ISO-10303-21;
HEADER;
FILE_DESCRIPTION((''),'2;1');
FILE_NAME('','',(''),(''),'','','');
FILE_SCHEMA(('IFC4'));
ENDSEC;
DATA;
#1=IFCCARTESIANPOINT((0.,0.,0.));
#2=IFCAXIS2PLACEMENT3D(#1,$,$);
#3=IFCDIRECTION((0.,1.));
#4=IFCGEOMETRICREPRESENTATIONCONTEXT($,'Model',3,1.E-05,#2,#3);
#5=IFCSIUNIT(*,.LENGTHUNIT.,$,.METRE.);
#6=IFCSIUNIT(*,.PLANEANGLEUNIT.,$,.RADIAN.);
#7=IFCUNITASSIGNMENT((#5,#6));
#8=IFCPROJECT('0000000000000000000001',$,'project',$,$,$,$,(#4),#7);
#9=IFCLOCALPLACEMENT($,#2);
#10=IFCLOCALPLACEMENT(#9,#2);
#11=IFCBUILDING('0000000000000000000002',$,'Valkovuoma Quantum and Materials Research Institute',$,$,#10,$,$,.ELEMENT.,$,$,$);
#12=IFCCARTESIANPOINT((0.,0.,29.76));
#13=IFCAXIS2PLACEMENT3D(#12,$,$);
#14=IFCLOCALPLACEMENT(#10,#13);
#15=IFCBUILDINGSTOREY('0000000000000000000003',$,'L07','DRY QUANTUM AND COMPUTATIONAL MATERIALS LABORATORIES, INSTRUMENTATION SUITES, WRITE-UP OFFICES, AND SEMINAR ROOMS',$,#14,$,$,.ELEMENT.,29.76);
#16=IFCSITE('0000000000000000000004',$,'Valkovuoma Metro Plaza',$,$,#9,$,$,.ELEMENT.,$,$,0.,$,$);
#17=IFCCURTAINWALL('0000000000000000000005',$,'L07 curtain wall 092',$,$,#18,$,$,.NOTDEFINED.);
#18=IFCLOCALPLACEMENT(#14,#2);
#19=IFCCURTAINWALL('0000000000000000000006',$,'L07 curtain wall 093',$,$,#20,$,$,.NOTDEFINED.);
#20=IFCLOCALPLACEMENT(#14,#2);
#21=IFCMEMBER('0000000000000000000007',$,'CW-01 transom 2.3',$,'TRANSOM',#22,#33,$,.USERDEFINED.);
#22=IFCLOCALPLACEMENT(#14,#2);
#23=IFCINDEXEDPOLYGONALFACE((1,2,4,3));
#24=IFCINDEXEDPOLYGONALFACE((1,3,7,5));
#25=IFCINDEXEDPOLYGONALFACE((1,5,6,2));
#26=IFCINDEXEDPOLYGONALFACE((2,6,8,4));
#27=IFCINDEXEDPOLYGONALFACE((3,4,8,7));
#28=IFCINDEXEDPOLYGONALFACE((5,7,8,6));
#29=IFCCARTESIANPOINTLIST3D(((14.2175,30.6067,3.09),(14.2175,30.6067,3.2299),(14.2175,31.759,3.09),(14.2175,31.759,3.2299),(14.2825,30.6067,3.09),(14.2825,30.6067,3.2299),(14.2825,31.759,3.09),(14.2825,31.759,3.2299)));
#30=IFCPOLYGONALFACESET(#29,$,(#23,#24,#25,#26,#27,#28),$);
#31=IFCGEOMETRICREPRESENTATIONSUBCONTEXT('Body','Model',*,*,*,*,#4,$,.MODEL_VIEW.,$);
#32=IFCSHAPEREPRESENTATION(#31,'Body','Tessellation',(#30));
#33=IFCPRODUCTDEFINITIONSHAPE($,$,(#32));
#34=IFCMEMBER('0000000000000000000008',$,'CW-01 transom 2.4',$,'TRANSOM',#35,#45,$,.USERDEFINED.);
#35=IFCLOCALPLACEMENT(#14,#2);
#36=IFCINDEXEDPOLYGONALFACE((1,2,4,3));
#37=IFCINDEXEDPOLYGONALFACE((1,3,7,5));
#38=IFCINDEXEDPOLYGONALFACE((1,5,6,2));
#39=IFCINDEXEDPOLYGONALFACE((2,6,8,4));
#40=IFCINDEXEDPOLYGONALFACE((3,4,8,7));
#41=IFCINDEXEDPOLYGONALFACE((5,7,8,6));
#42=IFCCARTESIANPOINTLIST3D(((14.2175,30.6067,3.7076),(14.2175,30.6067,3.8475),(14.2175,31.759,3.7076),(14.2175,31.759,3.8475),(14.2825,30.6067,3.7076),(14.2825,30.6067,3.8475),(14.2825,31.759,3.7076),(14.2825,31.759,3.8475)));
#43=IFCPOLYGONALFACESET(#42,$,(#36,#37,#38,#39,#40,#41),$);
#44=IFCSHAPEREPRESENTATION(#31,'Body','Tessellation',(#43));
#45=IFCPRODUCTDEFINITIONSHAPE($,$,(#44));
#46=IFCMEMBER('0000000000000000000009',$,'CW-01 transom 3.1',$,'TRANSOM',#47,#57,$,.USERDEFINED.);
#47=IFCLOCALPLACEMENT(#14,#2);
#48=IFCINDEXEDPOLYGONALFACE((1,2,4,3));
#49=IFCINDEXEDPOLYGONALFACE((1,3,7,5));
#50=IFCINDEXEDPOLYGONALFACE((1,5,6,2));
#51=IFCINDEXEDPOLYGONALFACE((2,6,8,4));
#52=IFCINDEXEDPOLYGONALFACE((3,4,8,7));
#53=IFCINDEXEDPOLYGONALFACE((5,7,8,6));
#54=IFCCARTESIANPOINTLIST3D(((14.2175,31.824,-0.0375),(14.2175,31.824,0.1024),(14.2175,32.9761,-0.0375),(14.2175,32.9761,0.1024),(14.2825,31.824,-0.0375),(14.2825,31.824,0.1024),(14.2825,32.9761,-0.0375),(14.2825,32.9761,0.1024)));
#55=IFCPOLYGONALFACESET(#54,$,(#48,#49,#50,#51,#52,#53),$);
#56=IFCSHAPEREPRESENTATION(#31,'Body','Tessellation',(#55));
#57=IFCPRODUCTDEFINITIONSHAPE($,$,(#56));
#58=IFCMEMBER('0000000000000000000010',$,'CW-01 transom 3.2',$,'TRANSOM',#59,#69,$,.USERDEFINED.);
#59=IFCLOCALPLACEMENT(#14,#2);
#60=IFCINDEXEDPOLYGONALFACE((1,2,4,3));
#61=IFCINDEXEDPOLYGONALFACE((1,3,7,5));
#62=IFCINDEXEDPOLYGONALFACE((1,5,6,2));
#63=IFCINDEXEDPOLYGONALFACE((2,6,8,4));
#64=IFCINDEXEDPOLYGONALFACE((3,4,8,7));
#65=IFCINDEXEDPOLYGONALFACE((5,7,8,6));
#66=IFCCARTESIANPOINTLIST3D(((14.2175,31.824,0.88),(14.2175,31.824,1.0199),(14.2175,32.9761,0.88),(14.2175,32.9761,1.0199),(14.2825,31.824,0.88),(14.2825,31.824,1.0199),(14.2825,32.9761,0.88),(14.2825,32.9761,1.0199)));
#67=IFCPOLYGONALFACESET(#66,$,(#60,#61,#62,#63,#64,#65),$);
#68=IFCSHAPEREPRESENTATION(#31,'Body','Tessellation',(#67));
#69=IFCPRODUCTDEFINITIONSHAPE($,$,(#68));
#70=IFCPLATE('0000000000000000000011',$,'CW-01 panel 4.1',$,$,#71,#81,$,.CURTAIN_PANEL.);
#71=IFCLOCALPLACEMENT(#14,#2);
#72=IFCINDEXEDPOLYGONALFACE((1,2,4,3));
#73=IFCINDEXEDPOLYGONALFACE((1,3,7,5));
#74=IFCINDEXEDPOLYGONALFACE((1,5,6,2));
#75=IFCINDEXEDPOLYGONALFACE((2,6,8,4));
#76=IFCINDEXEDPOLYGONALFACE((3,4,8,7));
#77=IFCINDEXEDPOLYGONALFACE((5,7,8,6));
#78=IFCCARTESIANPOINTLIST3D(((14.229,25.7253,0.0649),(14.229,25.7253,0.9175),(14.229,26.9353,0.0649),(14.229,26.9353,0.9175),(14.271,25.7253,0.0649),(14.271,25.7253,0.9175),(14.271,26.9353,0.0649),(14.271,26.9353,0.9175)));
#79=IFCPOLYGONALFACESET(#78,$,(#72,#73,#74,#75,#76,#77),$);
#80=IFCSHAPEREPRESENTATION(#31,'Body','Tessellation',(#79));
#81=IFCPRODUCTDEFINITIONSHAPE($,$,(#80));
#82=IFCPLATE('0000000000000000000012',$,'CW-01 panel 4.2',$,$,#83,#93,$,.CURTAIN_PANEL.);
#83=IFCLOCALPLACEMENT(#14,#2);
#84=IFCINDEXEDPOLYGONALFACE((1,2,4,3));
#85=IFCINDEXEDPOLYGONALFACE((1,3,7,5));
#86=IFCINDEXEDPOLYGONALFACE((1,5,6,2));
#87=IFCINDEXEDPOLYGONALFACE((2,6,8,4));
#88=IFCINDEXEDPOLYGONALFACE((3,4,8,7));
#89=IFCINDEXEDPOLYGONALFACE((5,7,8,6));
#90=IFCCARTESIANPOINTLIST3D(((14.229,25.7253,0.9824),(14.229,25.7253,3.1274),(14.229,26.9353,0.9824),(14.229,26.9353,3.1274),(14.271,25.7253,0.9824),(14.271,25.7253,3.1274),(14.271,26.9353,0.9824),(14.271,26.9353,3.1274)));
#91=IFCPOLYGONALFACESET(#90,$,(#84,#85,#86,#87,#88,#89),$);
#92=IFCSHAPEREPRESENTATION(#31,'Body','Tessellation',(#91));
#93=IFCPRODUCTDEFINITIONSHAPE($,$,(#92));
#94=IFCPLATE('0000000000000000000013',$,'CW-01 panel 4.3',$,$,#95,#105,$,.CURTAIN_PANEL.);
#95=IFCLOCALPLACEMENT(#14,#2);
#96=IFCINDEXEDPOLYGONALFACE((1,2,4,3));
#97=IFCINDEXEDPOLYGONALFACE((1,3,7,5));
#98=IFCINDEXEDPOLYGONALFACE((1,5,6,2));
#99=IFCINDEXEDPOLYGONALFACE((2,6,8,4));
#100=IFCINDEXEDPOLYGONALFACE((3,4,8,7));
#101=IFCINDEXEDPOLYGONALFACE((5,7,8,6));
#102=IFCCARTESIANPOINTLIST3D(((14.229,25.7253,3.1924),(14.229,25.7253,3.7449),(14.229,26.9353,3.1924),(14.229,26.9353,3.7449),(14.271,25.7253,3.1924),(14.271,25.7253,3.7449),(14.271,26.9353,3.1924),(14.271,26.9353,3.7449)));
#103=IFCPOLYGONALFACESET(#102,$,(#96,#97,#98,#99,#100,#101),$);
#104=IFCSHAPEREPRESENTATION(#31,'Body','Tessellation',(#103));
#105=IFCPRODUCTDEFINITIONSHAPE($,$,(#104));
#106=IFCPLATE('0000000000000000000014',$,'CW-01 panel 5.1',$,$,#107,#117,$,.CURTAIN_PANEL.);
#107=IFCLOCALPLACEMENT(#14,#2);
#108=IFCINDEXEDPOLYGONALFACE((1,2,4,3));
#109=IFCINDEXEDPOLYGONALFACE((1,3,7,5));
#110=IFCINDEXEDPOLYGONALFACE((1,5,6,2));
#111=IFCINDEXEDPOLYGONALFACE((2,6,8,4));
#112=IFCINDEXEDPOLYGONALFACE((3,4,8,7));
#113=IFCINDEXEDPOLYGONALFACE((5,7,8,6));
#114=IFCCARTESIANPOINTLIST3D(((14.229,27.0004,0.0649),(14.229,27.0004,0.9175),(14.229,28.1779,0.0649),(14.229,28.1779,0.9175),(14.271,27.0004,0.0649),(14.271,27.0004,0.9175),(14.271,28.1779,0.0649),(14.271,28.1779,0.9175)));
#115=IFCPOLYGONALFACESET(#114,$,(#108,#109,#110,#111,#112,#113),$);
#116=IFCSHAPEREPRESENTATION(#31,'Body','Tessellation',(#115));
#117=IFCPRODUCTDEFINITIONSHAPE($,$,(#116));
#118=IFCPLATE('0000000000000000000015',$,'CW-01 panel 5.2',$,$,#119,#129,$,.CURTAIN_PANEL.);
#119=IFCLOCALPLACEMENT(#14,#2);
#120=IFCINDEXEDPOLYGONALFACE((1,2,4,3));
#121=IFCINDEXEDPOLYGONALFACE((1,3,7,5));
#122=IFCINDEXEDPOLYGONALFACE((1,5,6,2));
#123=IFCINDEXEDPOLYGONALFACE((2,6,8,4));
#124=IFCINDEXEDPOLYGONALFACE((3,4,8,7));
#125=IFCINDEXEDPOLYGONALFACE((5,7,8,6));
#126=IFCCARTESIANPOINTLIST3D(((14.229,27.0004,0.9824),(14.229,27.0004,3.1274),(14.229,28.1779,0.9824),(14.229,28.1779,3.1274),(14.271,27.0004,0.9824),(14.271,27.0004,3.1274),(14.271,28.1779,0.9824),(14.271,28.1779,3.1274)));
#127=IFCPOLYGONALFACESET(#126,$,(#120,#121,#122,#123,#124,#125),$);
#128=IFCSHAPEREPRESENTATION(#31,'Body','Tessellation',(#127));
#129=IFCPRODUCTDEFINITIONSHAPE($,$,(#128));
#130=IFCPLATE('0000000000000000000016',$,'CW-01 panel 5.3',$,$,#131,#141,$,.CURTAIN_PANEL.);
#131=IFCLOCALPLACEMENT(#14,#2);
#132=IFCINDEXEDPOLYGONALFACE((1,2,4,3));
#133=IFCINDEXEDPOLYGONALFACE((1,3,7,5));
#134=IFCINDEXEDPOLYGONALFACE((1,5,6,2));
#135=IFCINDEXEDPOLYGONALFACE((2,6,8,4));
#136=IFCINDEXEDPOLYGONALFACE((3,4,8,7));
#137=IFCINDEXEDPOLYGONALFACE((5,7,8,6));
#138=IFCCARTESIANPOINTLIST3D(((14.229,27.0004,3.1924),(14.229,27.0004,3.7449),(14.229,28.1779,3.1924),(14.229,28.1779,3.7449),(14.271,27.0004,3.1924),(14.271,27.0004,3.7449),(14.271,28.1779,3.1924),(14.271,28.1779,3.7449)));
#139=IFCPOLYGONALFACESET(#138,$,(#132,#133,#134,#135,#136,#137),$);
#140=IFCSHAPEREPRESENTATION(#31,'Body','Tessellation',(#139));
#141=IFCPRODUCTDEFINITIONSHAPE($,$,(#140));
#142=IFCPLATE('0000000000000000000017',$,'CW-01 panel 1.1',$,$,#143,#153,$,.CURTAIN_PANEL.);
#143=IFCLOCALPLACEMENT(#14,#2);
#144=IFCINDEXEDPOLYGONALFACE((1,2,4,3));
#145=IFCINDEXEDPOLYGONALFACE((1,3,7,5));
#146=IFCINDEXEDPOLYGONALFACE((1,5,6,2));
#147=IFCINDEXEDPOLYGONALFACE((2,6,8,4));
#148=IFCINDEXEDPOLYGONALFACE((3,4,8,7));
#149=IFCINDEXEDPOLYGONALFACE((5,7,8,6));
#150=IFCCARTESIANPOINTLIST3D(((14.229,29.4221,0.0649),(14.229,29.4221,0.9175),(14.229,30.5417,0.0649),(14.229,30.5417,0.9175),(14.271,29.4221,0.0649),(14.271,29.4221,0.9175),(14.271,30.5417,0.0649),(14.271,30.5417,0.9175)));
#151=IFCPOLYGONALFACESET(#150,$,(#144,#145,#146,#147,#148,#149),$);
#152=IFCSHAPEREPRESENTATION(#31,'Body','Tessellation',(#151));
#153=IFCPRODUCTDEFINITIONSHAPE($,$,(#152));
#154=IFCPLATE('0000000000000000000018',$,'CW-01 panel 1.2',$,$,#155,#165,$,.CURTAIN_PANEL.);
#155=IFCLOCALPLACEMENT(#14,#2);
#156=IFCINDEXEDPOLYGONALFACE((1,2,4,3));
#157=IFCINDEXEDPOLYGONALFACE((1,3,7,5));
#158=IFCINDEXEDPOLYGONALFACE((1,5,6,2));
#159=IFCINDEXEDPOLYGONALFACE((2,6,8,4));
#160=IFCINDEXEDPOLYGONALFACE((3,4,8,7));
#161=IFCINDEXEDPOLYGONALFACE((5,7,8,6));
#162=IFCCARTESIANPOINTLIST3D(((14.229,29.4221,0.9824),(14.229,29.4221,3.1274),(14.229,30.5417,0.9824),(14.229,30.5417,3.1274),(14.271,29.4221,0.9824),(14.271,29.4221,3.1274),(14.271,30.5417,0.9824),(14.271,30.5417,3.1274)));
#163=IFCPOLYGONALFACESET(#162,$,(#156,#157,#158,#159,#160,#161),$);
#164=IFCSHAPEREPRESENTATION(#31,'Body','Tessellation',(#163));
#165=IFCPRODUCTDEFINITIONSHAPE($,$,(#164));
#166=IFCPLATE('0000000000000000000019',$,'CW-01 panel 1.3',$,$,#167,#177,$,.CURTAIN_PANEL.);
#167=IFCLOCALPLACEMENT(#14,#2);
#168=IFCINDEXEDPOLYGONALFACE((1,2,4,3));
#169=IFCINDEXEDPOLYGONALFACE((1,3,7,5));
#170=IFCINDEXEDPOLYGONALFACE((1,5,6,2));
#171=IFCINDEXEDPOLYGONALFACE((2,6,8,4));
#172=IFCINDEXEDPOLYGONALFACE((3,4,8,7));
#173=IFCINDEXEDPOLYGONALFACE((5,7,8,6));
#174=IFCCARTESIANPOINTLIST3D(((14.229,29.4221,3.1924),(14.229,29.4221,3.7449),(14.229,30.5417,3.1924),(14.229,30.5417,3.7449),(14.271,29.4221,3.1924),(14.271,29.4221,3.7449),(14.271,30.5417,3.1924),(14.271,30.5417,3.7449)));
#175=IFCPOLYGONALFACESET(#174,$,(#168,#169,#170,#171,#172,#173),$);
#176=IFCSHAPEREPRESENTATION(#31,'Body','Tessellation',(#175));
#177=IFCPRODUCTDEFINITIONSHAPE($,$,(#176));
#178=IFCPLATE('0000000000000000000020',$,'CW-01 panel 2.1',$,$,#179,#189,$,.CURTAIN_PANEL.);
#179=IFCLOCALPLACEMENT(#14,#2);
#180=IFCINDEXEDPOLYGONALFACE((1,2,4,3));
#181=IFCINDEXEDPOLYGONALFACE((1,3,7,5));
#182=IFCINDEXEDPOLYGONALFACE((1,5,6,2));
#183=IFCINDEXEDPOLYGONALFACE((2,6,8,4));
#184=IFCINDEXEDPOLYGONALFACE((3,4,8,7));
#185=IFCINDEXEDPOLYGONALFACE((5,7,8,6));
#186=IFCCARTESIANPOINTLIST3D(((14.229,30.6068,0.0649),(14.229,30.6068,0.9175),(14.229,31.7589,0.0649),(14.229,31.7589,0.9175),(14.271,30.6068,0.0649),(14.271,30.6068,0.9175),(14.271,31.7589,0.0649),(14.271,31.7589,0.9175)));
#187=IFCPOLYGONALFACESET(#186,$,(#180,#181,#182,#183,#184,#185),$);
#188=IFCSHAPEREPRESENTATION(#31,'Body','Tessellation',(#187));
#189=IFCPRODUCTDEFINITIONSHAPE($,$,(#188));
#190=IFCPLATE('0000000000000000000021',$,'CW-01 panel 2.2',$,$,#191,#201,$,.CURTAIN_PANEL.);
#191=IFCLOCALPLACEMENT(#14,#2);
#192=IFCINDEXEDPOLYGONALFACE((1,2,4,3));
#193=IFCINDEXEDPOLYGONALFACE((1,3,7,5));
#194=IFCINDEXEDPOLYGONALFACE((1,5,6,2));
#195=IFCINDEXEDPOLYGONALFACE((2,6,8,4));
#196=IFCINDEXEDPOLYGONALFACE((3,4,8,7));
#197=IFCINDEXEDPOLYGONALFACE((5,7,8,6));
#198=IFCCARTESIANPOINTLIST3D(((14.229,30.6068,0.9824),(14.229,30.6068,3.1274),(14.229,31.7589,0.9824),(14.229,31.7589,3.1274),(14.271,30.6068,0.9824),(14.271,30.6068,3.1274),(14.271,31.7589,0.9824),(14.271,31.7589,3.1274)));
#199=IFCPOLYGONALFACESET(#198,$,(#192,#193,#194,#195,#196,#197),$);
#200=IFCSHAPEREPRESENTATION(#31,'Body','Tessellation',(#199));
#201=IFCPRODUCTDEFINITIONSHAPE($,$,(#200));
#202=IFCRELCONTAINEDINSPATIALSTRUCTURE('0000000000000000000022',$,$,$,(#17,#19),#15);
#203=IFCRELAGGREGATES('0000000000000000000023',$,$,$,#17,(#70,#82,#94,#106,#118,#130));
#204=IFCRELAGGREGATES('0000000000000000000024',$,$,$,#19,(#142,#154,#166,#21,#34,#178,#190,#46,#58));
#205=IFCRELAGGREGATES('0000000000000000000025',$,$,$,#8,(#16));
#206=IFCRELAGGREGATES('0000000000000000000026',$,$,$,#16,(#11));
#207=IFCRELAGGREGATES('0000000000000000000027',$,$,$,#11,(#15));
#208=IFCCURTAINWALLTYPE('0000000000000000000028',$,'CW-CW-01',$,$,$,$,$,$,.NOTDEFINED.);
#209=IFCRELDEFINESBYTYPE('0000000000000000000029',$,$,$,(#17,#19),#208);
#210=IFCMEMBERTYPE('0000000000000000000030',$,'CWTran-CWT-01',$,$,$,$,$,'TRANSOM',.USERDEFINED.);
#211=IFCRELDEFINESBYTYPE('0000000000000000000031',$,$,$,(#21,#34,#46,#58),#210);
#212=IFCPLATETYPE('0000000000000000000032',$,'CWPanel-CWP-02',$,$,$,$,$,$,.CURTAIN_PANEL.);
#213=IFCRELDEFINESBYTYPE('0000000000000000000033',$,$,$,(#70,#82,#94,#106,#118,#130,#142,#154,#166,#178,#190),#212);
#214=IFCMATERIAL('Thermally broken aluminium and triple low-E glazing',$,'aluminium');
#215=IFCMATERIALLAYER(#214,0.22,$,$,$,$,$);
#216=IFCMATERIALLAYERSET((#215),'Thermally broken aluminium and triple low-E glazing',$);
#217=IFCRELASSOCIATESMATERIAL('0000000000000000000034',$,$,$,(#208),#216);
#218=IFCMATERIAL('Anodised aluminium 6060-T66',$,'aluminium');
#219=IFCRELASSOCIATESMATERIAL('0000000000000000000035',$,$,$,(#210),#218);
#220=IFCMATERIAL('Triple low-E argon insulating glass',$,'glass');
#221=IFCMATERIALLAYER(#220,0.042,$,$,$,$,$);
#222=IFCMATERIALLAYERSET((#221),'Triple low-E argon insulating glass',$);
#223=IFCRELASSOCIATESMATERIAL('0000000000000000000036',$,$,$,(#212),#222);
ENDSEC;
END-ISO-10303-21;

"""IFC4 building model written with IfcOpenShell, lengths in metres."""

from ifc_helpers import new_model, si_unit, direction, frame, origin, origin_2d, place, context, subcontext, project, spatial, rectangle, extrude, material, layer, layer_set, material_profile, profile_set, type_object, element, aggregate, save


model = new_model("IFC4")

# Units and contexts
model_context = context("Model", 3, precision=1e-05, world=origin(), true_north=direction((0.0, 1.0)))
body_context = subcontext(model_context, "Body", "Model", "MODEL_VIEW")
ifc_project = project(units=[si_unit("LENGTHUNIT", "METRE"), si_unit("PLANEANGLEUNIT", "RADIAN")], contexts=[model_context])

# Site, building, storey
site_placement = place(None, origin())
site = spatial("IfcSite", under=ifc_project, at=site_placement, Name="Valkovuoma Metro Plaza", CompositionType="ELEMENT", RefElevation=0.0)
building_placement = place(site_placement, origin())
building = spatial("IfcBuilding", under=site, at=building_placement, Name="Valkovuoma Quantum and Materials Research Institute", CompositionType="ELEMENT")
storey_placement = place(building_placement, frame((0.0, 0.0, 29.76)))
storey = spatial("IfcBuildingStorey", under=building, at=storey_placement, Name="L07", Description="DRY QUANTUM AND COMPUTATIONAL MATERIALS LABORATORIES, INSTRUMENTATION SUITES, WRITE-UP OFFICES, AND SEMINAR ROOMS", CompositionType="ELEMENT", Elevation=29.76)

# Curtain walls
ifc_material_1 = material(Name="Thermally broken aluminium and triple low-E glazing", Category="aluminium")
ifc_layer_1 = layer(ifc_material_1, 0.22)
ifc_layer_set_1 = layer_set([ifc_layer_1], Name="Thermally broken aluminium and triple low-E glazing")
curtain_wall_type = type_object("IfcCurtainWallType", Name="CW-CW-01", PredefinedType="NOTDEFINED", material=ifc_layer_set_1)
curtain_wall_1_placement = place(storey_placement, origin())
curtain_wall_1 = element("IfcCurtainWall", 1, at=curtain_wall_1_placement, inside=storey, type_object=curtain_wall_type, Name="L07 curtain wall 092", PredefinedType="NOTDEFINED")
curtain_wall_2_placement = place(storey_placement, origin())
curtain_wall_2 = element("IfcCurtainWall", 2, at=curtain_wall_2_placement, inside=storey, type_object=curtain_wall_type, Name="L07 curtain wall 093", PredefinedType="NOTDEFINED")

# Members
ifc_material_2 = material(Name="Anodised aluminium 6060-T66", Category="aluminium")
ifc_material_profile_1 = material_profile(ifc_material_2, rectangle(XDim=0.0649, YDim=0.1399, at=origin_2d()), Name="Anodised aluminium 6060-T66")
ifc_profile_set_1 = profile_set([ifc_material_profile_1], Name="Anodised aluminium 6060-T66")
member_type_1 = type_object("IfcMemberType", Name="CWTran-CWT-01", ElementType="TRANSOM", PredefinedType="USERDEFINED", material=ifc_profile_set_1)
member_1_placement = place(storey_placement, frame((14.25, 30.6067, 3.1599), z_axis=(0.0, 1.0, 0.0), x_axis=(-1.0, 0.0, 0.0)))
member_1 = element("IfcMember", 3, at=member_1_placement, type_object=member_type_1, Name="CW-01 transom 2.3", ObjectType="TRANSOM", PredefinedType="USERDEFINED", context=body_context, shape_type="SweptSolid", body=[
    extrude(rectangle(XDim=0.0649, YDim=0.1399, at=origin_2d()), origin(), (0.0, 0.0, 1.0), 1.1523),
])
member_2_placement = place(storey_placement, frame((14.25, 30.6067, 3.7776), z_axis=(0.0, 1.0, 0.0), x_axis=(-1.0, 0.0, 0.0)))
member_2 = element("IfcMember", 4, at=member_2_placement, type_object=member_type_1, Name="CW-01 transom 2.4", ObjectType="TRANSOM", PredefinedType="USERDEFINED", context=body_context, shape_type="SweptSolid", body=[
    extrude(rectangle(XDim=0.0649, YDim=0.1399, at=origin_2d()), origin(), (0.0, 0.0, 1.0), 1.1523),
])
member_3_placement = place(storey_placement, frame((14.25, 31.824, 0.0325), z_axis=(0.0, 1.0, 0.0), x_axis=(-1.0, 0.0, 0.0)))
member_3 = element("IfcMember", 5, at=member_3_placement, type_object=member_type_1, Name="CW-01 transom 3.1", ObjectType="TRANSOM", PredefinedType="USERDEFINED", context=body_context, shape_type="SweptSolid", body=[
    extrude(rectangle(XDim=0.0649, YDim=0.1399, at=origin_2d()), origin(), (0.0, 0.0, 1.0), 1.1521),
])
member_4_placement = place(storey_placement, frame((14.25, 31.824, 0.95), z_axis=(0.0, 1.0, 0.0), x_axis=(-1.0, 0.0, 0.0)))
member_4 = element("IfcMember", 6, at=member_4_placement, type_object=member_type_1, Name="CW-01 transom 3.2", ObjectType="TRANSOM", PredefinedType="USERDEFINED", context=body_context, shape_type="SweptSolid", body=[
    extrude(rectangle(XDim=0.0649, YDim=0.1399, at=origin_2d()), origin(), (0.0, 0.0, 1.0), 1.1521),
])

# Plates
ifc_material_3 = material(Name="Triple low-E argon insulating glass", Category="glass")
ifc_layer_2 = layer(ifc_material_3, 0.042)
ifc_layer_set_2 = layer_set([ifc_layer_2], Name="Triple low-E argon insulating glass")
plate_type = type_object("IfcPlateType", Name="CWPanel-CWP-02", PredefinedType="CURTAIN_PANEL", material=ifc_layer_set_2)
plate_1_placement = place(storey_placement, frame((14.25, 26.3303, 0.0649), z_axis=(0.0, 0.0, 1.0), x_axis=(0.0, 1.0, 0.0)))
plate_1 = element("IfcPlate", 7, at=plate_1_placement, type_object=plate_type, Name="CW-01 panel 4.1", PredefinedType="CURTAIN_PANEL", context=body_context, shape_type="SweptSolid", body=[
    extrude(rectangle(XDim=1.21, YDim=0.042, at=origin_2d()), origin(), (0.0, 0.0, 1.0), 0.8525),
])
plate_2_placement = place(storey_placement, frame((14.25, 26.3303, 0.9824), z_axis=(0.0, 0.0, 1.0), x_axis=(0.0, 1.0, 0.0)))
plate_2 = element("IfcPlate", 8, at=plate_2_placement, type_object=plate_type, Name="CW-01 panel 4.2", PredefinedType="CURTAIN_PANEL", context=body_context, shape_type="SweptSolid", body=[
    extrude(rectangle(XDim=1.21, YDim=0.042, at=origin_2d()), origin(), (0.0, 0.0, 1.0), 2.145),
])
plate_3_placement = place(storey_placement, frame((14.25, 26.3303, 3.1924), z_axis=(0.0, 0.0, 1.0), x_axis=(0.0, 1.0, 0.0)))
plate_3 = element("IfcPlate", 9, at=plate_3_placement, type_object=plate_type, Name="CW-01 panel 4.3", PredefinedType="CURTAIN_PANEL", context=body_context, shape_type="SweptSolid", body=[
    extrude(rectangle(XDim=1.21, YDim=0.042, at=origin_2d()), origin(), (0.0, 0.0, 1.0), 0.5525),
])
plate_4_placement = place(storey_placement, frame((14.25, 27.5891, 0.0649), z_axis=(0.0, 0.0, 1.0), x_axis=(0.0, 1.0, 0.0)))
plate_4 = element("IfcPlate", 10, at=plate_4_placement, type_object=plate_type, Name="CW-01 panel 5.1", PredefinedType="CURTAIN_PANEL", context=body_context, shape_type="SweptSolid", body=[
    extrude(rectangle(XDim=1.1775, YDim=0.042, at=origin_2d()), origin(), (0.0, 0.0, 1.0), 0.8525),
])
plate_5_placement = place(storey_placement, frame((14.25, 27.5891, 0.9824), z_axis=(0.0, 0.0, 1.0), x_axis=(0.0, 1.0, 0.0)))
plate_5 = element("IfcPlate", 11, at=plate_5_placement, type_object=plate_type, Name="CW-01 panel 5.2", PredefinedType="CURTAIN_PANEL", context=body_context, shape_type="SweptSolid", body=[
    extrude(rectangle(XDim=1.1775, YDim=0.042, at=origin_2d()), origin(), (0.0, 0.0, 1.0), 2.145),
])
plate_6_placement = place(storey_placement, frame((14.25, 27.5891, 3.1924), z_axis=(0.0, 0.0, 1.0), x_axis=(0.0, 1.0, 0.0)))
plate_6 = element("IfcPlate", 12, at=plate_6_placement, type_object=plate_type, Name="CW-01 panel 5.3", PredefinedType="CURTAIN_PANEL", context=body_context, shape_type="SweptSolid", body=[
    extrude(rectangle(XDim=1.1775, YDim=0.042, at=origin_2d()), origin(), (0.0, 0.0, 1.0), 0.5525),
])
aggregate(curtain_wall_1, [plate_1, plate_2, plate_3, plate_4, plate_5, plate_6])
plate_7_placement = place(storey_placement, frame((14.25, 29.9819, 0.0649), z_axis=(0.0, 0.0, 1.0), x_axis=(0.0, 1.0, 0.0)))
plate_7 = element("IfcPlate", 13, at=plate_7_placement, type_object=plate_type, Name="CW-01 panel 1.1", PredefinedType="CURTAIN_PANEL", context=body_context, shape_type="SweptSolid", body=[
    extrude(rectangle(XDim=1.1196, YDim=0.042, at=origin_2d()), origin(), (0.0, 0.0, 1.0), 0.8525),
])
plate_8_placement = place(storey_placement, frame((14.25, 29.9819, 0.9824), z_axis=(0.0, 0.0, 1.0), x_axis=(0.0, 1.0, 0.0)))
plate_8 = element("IfcPlate", 14, at=plate_8_placement, type_object=plate_type, Name="CW-01 panel 1.2", PredefinedType="CURTAIN_PANEL", context=body_context, shape_type="SweptSolid", body=[
    extrude(rectangle(XDim=1.1196, YDim=0.042, at=origin_2d()), origin(), (0.0, 0.0, 1.0), 2.145),
])
plate_9_placement = place(storey_placement, frame((14.25, 29.9819, 3.1924), z_axis=(0.0, 0.0, 1.0), x_axis=(0.0, 1.0, 0.0)))
plate_9 = element("IfcPlate", 15, at=plate_9_placement, type_object=plate_type, Name="CW-01 panel 1.3", PredefinedType="CURTAIN_PANEL", context=body_context, shape_type="SweptSolid", body=[
    extrude(rectangle(XDim=1.1196, YDim=0.042, at=origin_2d()), origin(), (0.0, 0.0, 1.0), 0.5525),
])
plate_10_placement = place(storey_placement, frame((14.25, 31.1829, 0.0649), z_axis=(0.0, 0.0, 1.0), x_axis=(0.0, 1.0, 0.0)))
plate_10 = element("IfcPlate", 16, at=plate_10_placement, type_object=plate_type, Name="CW-01 panel 2.1", PredefinedType="CURTAIN_PANEL", context=body_context, shape_type="SweptSolid", body=[
    extrude(rectangle(XDim=1.1521, YDim=0.042, at=origin_2d()), origin(), (0.0, 0.0, 1.0), 0.8525),
])
plate_11_placement = place(storey_placement, frame((14.25, 31.1829, 0.9824), z_axis=(0.0, 0.0, 1.0), x_axis=(0.0, 1.0, 0.0)))
plate_11 = element("IfcPlate", 17, at=plate_11_placement, type_object=plate_type, Name="CW-01 panel 2.2", PredefinedType="CURTAIN_PANEL", context=body_context, shape_type="SweptSolid", body=[
    extrude(rectangle(XDim=1.1521, YDim=0.042, at=origin_2d()), origin(), (0.0, 0.0, 1.0), 2.145),
])
aggregate(curtain_wall_2, [plate_7, plate_8, plate_9, member_1, member_2, plate_10, plate_11, member_3, member_4])

save(model, "model.ifc")
